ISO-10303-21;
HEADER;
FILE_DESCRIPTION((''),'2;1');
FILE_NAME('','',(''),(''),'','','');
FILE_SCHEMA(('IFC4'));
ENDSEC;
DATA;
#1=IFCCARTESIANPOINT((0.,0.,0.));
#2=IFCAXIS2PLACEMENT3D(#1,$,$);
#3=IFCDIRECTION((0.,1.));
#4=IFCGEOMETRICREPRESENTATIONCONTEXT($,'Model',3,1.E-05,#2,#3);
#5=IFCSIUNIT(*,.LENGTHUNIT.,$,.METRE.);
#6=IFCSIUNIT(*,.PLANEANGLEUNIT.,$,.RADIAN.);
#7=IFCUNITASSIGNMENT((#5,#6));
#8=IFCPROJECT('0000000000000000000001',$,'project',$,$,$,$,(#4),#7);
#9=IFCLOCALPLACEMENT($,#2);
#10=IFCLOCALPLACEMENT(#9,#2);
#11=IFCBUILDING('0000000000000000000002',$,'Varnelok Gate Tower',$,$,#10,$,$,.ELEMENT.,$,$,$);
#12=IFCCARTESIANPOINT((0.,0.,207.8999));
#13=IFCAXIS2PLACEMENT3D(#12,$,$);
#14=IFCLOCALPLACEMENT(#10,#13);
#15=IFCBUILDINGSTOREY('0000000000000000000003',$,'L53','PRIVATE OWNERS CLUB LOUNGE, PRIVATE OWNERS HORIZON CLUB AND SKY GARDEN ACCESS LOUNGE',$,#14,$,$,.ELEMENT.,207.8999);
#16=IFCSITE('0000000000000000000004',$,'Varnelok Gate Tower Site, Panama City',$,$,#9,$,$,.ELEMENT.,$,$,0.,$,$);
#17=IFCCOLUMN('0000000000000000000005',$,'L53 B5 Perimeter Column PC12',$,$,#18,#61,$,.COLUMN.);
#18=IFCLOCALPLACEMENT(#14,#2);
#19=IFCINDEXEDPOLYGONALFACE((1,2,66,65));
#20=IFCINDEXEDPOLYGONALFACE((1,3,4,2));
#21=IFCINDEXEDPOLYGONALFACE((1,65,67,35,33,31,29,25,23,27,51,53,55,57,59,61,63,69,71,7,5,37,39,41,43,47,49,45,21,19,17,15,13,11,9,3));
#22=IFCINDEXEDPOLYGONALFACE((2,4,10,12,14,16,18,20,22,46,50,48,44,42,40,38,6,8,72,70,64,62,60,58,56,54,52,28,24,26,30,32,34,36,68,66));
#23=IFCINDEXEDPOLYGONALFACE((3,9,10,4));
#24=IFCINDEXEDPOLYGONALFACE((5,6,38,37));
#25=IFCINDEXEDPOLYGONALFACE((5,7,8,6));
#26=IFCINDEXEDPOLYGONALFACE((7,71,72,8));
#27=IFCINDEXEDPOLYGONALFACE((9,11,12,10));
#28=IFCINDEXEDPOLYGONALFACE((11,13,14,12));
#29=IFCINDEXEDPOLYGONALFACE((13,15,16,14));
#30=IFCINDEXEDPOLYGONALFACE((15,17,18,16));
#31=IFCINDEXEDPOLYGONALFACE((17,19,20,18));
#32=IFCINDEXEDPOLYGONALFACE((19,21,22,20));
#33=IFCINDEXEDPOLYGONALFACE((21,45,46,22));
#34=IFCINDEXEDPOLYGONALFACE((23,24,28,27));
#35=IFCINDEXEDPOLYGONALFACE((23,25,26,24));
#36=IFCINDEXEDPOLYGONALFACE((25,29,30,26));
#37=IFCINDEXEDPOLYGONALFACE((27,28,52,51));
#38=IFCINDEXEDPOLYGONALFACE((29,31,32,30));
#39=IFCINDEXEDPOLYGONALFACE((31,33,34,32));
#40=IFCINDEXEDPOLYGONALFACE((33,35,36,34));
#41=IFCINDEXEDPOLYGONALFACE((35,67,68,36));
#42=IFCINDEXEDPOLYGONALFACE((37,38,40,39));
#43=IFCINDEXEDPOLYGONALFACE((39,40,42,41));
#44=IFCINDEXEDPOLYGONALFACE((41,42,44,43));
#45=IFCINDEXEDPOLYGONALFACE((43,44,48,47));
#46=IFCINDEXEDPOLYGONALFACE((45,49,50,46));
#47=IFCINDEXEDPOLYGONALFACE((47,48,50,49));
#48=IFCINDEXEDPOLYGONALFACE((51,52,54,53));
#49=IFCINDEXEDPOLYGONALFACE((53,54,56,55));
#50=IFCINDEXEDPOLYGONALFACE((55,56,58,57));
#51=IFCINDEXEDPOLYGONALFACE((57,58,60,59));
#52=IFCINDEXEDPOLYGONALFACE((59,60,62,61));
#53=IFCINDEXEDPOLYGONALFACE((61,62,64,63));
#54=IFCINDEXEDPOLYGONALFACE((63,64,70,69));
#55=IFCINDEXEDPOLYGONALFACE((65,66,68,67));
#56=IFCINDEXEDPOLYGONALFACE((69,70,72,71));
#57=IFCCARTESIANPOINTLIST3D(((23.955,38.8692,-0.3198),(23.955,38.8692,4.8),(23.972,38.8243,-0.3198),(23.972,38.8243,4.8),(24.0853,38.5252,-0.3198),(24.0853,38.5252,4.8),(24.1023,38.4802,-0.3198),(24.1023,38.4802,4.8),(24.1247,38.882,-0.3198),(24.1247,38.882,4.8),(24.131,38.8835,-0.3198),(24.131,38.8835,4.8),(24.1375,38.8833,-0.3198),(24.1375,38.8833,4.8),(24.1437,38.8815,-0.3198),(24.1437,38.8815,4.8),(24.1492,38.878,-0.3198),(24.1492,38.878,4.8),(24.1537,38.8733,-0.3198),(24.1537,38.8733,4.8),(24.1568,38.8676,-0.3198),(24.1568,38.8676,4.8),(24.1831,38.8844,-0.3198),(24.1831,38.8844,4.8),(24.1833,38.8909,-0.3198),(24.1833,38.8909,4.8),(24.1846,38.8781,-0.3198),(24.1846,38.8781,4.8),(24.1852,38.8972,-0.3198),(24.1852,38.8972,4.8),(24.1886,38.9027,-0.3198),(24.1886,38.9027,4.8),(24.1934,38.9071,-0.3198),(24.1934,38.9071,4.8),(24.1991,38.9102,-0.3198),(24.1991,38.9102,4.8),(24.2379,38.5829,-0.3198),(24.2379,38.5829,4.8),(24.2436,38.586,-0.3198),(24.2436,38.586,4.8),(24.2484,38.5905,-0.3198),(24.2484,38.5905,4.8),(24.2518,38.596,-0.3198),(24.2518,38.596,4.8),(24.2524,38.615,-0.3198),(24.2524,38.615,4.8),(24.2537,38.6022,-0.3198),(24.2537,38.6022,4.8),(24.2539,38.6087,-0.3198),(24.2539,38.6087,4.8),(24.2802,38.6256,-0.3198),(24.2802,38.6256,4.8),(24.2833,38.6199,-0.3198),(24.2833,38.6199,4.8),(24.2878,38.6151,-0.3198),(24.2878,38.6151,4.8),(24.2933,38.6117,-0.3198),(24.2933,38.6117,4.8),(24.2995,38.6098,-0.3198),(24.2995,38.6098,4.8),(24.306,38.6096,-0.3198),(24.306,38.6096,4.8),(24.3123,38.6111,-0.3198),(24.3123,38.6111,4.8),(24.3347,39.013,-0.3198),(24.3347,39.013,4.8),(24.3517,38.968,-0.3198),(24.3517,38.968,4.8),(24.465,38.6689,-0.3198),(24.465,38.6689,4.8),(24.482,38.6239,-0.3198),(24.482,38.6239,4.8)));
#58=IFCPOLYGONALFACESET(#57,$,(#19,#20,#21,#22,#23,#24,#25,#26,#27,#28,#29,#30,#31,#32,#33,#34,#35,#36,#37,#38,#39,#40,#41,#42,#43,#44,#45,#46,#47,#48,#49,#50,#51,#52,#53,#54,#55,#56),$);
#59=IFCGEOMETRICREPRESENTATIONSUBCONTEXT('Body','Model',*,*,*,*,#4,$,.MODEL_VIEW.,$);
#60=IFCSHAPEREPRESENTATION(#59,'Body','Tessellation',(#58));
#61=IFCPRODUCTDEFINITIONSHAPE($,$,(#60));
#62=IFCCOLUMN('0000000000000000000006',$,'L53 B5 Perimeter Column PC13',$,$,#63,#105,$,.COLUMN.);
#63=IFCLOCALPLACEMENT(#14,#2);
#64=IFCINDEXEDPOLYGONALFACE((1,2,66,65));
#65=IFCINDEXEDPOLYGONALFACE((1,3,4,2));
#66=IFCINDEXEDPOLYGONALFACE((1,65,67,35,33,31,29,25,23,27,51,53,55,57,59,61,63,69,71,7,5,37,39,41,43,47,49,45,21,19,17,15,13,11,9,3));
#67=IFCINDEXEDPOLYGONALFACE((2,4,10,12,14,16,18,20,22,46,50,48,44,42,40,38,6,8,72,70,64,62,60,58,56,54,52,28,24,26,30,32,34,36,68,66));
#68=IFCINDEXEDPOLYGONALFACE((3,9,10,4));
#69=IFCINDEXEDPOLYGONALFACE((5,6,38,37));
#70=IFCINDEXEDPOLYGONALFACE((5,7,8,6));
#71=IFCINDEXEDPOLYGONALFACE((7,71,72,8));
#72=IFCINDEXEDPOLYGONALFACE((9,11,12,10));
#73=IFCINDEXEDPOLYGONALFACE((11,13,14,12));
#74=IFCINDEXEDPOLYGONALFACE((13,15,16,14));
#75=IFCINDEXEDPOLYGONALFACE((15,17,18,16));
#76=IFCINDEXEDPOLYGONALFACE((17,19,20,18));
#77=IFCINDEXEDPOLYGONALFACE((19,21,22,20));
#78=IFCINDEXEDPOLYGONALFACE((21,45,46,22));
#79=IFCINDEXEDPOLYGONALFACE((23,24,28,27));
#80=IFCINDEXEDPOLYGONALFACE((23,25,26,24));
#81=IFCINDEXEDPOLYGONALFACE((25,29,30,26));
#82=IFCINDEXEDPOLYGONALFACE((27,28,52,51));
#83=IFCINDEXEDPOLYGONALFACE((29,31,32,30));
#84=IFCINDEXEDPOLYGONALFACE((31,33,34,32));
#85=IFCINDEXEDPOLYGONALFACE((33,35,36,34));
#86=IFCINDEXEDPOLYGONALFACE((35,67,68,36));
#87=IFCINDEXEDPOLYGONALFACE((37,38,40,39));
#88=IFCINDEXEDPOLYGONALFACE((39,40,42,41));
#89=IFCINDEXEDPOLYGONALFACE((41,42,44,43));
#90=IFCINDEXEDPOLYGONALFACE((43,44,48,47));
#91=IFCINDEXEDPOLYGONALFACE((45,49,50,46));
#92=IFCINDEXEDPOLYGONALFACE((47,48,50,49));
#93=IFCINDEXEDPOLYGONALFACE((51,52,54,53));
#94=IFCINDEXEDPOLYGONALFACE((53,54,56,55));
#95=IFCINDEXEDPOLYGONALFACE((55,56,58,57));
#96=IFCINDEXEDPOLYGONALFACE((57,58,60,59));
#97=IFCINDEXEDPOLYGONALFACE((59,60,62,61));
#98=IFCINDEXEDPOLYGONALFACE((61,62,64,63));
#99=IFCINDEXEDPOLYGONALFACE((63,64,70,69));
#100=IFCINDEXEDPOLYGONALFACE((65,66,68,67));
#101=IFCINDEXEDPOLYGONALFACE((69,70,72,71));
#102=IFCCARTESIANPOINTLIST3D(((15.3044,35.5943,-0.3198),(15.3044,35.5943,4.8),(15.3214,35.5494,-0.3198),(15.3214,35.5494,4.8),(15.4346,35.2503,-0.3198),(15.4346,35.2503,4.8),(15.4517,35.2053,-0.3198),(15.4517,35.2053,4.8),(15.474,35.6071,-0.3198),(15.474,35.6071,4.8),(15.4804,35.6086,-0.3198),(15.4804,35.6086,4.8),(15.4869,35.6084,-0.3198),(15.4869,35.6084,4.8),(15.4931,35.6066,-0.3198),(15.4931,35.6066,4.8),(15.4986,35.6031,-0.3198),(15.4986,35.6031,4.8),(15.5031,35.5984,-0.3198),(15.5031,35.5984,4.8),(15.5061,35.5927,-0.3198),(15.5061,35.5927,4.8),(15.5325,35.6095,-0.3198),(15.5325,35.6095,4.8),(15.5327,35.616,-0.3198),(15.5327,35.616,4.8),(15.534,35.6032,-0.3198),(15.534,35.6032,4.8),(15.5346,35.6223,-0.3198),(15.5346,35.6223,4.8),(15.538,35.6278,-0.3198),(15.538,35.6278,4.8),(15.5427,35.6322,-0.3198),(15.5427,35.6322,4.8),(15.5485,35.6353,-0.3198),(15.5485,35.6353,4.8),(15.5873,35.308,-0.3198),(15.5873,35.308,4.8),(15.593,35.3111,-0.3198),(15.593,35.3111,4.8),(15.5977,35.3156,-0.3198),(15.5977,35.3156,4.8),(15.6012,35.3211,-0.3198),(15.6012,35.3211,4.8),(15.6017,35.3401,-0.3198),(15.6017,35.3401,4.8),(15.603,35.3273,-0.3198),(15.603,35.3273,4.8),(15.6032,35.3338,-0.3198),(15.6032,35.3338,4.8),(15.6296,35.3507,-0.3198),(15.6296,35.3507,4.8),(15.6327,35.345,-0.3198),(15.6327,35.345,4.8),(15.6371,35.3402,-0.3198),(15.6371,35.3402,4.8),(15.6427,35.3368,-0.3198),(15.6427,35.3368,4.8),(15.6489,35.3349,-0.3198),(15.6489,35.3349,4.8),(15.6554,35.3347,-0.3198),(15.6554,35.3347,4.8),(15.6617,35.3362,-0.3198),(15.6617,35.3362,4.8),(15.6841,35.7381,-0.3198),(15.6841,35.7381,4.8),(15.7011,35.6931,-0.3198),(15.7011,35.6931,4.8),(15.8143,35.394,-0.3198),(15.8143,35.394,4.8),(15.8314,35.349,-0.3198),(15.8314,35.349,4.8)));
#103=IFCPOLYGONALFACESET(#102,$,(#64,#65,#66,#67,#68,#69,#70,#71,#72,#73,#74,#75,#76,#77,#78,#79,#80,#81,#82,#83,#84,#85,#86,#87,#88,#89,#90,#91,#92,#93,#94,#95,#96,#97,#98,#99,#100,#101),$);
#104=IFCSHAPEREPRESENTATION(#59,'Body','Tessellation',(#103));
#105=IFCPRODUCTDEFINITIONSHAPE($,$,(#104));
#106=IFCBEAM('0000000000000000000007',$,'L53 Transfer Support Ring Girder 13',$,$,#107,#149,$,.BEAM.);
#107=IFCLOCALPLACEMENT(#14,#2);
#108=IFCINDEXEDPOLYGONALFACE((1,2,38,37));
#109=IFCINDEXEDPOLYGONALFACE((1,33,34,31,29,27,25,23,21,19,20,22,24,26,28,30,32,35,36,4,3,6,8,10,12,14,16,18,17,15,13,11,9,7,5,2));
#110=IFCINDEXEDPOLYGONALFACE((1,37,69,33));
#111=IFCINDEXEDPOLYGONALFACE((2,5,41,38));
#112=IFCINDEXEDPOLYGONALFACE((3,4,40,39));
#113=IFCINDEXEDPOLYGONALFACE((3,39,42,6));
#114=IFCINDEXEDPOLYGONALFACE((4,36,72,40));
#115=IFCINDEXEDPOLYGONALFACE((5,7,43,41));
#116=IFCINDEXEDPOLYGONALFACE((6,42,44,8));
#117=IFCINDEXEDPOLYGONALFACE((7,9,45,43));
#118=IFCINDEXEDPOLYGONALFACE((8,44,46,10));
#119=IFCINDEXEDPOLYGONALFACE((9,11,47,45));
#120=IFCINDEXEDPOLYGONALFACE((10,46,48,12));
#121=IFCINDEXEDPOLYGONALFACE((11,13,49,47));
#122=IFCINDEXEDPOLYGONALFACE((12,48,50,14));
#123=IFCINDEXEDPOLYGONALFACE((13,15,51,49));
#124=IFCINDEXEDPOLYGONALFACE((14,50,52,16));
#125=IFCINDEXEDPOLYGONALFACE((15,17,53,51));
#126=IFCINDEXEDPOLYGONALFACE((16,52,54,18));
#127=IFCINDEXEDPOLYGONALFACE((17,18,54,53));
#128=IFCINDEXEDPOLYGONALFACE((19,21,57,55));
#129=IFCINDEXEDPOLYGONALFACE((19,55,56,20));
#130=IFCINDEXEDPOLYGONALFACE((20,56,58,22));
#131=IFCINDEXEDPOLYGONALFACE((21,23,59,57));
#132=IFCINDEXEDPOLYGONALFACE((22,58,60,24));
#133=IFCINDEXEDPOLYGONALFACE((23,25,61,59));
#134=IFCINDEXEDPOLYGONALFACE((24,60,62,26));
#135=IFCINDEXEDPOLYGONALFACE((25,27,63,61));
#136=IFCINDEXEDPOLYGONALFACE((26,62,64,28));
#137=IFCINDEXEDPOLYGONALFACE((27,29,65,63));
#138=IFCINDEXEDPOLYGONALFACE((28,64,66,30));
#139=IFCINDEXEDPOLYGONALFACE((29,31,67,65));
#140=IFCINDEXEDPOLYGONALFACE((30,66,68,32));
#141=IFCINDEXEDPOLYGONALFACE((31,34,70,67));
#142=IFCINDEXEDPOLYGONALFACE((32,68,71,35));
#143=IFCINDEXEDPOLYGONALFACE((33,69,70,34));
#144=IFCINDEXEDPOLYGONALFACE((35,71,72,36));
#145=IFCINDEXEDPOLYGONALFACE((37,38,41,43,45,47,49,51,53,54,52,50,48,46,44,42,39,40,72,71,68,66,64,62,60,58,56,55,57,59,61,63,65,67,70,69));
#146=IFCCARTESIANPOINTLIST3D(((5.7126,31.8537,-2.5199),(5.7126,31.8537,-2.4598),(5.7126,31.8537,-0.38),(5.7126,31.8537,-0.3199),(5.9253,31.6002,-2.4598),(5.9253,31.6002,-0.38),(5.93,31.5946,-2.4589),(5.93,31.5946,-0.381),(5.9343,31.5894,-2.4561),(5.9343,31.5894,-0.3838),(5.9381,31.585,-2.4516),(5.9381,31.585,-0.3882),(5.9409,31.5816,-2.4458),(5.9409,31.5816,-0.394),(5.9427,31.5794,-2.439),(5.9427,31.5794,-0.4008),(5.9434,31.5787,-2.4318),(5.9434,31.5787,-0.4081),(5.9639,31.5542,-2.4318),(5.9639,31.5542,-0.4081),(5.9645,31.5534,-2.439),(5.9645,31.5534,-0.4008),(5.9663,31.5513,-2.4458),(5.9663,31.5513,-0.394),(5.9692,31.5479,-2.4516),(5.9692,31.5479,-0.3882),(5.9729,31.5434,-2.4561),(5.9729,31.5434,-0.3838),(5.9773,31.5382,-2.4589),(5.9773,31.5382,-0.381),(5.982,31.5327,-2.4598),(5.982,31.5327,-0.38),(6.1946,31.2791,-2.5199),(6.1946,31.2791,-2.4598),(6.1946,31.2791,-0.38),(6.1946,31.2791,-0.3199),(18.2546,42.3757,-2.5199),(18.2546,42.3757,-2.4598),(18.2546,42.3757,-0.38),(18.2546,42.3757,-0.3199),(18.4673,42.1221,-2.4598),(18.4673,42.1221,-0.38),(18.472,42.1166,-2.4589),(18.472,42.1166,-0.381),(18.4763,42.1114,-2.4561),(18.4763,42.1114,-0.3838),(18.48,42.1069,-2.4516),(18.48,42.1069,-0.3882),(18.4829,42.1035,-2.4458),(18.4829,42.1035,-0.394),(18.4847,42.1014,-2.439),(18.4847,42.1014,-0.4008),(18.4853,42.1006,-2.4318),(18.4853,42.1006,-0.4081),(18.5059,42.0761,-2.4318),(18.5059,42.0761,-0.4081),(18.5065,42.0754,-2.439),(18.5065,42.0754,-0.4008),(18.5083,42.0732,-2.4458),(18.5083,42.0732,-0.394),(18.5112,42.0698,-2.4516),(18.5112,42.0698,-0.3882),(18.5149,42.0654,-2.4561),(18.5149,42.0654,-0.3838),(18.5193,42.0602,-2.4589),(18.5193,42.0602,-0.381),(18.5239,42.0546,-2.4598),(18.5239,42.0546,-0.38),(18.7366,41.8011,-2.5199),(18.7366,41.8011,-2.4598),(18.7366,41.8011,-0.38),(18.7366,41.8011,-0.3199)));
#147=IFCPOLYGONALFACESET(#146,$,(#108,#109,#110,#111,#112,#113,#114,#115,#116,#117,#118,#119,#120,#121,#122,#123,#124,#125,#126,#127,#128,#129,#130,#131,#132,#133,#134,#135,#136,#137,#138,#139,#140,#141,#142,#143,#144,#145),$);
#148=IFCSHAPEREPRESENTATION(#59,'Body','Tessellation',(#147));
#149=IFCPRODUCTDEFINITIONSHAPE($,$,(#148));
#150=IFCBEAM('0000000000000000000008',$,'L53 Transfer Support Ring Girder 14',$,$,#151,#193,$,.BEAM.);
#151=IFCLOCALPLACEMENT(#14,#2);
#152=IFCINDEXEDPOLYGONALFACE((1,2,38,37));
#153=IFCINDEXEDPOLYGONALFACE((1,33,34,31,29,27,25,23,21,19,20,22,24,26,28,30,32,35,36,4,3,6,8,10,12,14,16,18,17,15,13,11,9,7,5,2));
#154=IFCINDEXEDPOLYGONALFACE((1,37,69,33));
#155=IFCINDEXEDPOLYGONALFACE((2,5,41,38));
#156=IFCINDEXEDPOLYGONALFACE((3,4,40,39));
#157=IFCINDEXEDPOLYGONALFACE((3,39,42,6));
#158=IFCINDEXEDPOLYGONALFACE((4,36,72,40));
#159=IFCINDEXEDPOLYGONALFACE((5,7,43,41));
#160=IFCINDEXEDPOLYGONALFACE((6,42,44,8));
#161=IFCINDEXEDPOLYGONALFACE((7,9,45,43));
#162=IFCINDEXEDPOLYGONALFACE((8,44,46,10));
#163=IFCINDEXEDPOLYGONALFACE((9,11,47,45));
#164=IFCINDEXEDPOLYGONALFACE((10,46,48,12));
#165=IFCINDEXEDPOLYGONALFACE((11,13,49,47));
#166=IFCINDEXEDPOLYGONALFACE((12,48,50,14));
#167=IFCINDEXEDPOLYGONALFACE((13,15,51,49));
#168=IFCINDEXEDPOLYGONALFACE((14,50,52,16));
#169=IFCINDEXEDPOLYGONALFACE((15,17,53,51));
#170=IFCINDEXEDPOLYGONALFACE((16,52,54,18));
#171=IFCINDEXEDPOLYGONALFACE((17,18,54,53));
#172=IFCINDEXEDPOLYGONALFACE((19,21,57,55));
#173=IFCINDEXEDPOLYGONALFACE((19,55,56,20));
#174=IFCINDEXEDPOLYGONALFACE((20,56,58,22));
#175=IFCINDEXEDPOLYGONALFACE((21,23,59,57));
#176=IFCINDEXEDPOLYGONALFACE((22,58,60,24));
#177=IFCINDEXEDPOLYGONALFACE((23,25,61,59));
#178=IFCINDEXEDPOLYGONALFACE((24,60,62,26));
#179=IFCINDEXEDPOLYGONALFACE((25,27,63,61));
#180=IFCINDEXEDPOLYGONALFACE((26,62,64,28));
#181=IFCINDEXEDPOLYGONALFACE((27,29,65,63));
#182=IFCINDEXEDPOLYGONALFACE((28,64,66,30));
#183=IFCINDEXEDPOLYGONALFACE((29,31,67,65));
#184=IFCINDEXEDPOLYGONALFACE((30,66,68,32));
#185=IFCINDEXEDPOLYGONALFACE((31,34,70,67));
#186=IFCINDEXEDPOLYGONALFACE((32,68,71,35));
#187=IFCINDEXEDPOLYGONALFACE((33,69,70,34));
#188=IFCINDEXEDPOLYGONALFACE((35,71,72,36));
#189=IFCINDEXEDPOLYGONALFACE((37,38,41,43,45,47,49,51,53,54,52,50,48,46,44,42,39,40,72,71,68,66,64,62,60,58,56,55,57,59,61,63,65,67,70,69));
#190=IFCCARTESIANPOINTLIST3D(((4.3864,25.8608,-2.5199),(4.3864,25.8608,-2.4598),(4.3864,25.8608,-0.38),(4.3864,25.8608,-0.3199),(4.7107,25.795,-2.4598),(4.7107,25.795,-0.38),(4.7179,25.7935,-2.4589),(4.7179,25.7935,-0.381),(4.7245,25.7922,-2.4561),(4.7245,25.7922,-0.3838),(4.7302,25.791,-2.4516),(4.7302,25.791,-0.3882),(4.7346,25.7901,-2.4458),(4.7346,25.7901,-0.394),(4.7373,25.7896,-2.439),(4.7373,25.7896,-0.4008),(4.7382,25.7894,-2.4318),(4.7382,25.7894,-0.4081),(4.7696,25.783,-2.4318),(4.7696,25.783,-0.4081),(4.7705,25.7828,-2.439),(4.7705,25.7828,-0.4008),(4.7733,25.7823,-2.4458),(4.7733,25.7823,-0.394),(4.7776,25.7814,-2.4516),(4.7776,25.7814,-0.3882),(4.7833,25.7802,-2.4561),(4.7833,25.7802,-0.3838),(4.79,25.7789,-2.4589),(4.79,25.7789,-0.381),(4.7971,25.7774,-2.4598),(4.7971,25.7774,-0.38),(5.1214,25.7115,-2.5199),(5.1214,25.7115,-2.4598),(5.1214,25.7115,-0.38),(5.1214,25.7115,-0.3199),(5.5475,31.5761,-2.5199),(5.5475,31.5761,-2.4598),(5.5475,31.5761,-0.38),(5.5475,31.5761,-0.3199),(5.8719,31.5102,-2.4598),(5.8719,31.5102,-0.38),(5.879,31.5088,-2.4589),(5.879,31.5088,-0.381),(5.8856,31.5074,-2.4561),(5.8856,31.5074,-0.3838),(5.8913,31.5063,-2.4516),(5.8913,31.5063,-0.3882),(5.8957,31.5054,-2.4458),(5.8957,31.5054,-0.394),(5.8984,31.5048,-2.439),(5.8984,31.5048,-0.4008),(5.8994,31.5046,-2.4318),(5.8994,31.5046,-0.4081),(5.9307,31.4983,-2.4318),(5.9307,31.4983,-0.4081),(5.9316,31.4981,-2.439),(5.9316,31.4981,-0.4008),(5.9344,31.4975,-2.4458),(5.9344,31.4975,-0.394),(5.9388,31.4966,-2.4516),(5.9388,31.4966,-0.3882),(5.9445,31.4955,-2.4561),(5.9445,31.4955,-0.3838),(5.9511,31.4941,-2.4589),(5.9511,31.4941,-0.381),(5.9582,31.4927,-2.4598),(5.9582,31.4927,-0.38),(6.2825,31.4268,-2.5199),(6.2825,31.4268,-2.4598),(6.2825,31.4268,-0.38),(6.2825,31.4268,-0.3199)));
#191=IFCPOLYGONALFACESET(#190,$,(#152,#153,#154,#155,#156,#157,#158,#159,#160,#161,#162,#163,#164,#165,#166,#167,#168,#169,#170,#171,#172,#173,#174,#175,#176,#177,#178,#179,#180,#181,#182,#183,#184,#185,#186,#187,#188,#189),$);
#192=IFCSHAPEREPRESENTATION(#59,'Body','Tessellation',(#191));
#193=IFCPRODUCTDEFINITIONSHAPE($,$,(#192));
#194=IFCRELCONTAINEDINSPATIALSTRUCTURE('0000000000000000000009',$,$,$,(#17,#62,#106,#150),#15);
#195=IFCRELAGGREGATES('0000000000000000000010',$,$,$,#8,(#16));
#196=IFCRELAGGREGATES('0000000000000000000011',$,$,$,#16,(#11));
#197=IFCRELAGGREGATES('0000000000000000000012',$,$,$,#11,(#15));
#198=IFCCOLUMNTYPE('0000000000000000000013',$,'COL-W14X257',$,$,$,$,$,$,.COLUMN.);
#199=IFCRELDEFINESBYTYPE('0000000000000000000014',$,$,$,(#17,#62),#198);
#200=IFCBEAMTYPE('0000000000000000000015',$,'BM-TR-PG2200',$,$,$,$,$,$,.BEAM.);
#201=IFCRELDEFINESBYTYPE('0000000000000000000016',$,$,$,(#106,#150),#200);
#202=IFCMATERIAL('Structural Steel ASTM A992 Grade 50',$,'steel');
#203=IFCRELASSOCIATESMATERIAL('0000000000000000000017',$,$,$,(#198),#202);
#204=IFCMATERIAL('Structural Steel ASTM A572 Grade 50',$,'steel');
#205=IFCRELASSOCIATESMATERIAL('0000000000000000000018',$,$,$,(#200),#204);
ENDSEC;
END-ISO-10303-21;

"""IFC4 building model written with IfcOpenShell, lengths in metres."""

from ifc_helpers import new_model, si_unit, direction, frame, origin, origin_2d, place, context, subcontext, project, spatial, i_section, extrude, material, material_profile, profile_set, type_object, element, save


model = new_model("IFC4")

# Units and contexts
model_context = context("Model", 3, precision=1e-05, world=origin(), true_north=direction((0.0, 1.0)))
body_context = subcontext(model_context, "Body", "Model", "MODEL_VIEW")
ifc_project = project(units=[si_unit("LENGTHUNIT", "METRE"), si_unit("PLANEANGLEUNIT", "RADIAN")], contexts=[model_context])

# Site, building, storey
site_placement = place(None, origin())
site = spatial("IfcSite", under=ifc_project, at=site_placement, Name="Varnelok Gate Tower Site, Panama City", CompositionType="ELEMENT", RefElevation=0.0)
building_placement = place(site_placement, origin())
building = spatial("IfcBuilding", under=site, at=building_placement, Name="Varnelok Gate Tower", CompositionType="ELEMENT")
storey_placement = place(building_placement, frame((0.0, 0.0, 207.8999)))
storey = spatial("IfcBuildingStorey", under=building, at=storey_placement, Name="L53", Description="PRIVATE OWNERS CLUB LOUNGE, PRIVATE OWNERS HORIZON CLUB AND SKY GARDEN ACCESS LOUNGE", CompositionType="ELEMENT", Elevation=207.8999)

# Columns
ifc_material_1 = material(Name="Structural Steel ASTM A992 Grade 50", Category="steel")
ifc_material_profile_1 = material_profile(ifc_material_1, i_section(OverallWidth=0.406, OverallDepth=0.416, WebThickness=0.0298, FlangeThickness=0.0481, FilletRadius=0.0249, at=origin_2d()), Name="W14X257")
ifc_profile_set_1 = profile_set([ifc_material_profile_1], Name="Structural Steel ASTM A992 Grade 50")
column_type = type_object("IfcColumnType", Name="COL-W14X257", PredefinedType="COLUMN", material=ifc_profile_set_1)
for number, where, z_axis, x_axis, name in (
    (1, (24.2185, 38.7466, -0.3198), (0.0, 0.0, 1.0), (0.935222, 0.354063, 0.0), "L53 B5 Perimeter Column PC12"),
    (2, (15.5679, 35.4717, -0.3198), (0.0, 0.0, 1.0), (0.935222, 0.354063, 0.0), "L53 B5 Perimeter Column PC13"),
):
    element("IfcColumn", number, at=place(storey_placement, frame(where, z_axis=z_axis, x_axis=x_axis)), inside=storey, type_object=column_type, Name=name, PredefinedType="COLUMN", context=body_context, shape_type="SweptSolid", body=[
        extrude(i_section(OverallWidth=0.406, OverallDepth=0.416, WebThickness=0.0298, FlangeThickness=0.0481, FilletRadius=0.0249, at=origin_2d()), origin(), (0.0, 0.0, 1.0), 5.1199),
    ])

# Beams
ifc_material_2 = material(Name="Structural Steel ASTM A572 Grade 50", Category="steel")
ifc_material_profile_2 = material_profile(ifc_material_2, i_section(OverallWidth=0.75, OverallDepth=2.2, WebThickness=0.032, FlangeThickness=0.0601, FilletRadius=0.0281, at=origin_2d()), Name="PG2200X750")
ifc_profile_set_2 = profile_set([ifc_material_profile_2], Name="Structural Steel ASTM A572 Grade 50")
beam_type = type_object("IfcBeamType", Name="BM-TR-PG2200", PredefinedType="BEAM", material=ifc_profile_set_2)
beam_1_placement = place(storey_placement, frame((18.4956, 42.0884, -1.4199), z_axis=(-0.766105, -0.642716, 0.0), x_axis=(0.642716, -0.766105, 0.0)))
element("IfcBeam", 3, at=beam_1_placement, inside=storey, type_object=beam_type, Name="L53 Transfer Support Ring Girder 13", PredefinedType="BEAM", context=body_context, shape_type="SweptSolid", body=[
    extrude(i_section(OverallWidth=0.75, OverallDepth=2.2, WebThickness=0.032, FlangeThickness=0.0601, FilletRadius=0.0281, at=origin_2d()), origin(), (0.0, 0.0, 1.0), 16.3711),
])
beam_2_placement = place(storey_placement, frame((5.915, 31.5015, -1.4199), z_axis=(-0.199094, -0.97998, 0.0), x_axis=(0.97998, -0.199094, 0.0)))
element("IfcBeam", 4, at=beam_2_placement, inside=storey, type_object=beam_type, Name="L53 Transfer Support Ring Girder 14", PredefinedType="BEAM", context=body_context, shape_type="SweptSolid", body=[
    extrude(i_section(OverallWidth=0.75, OverallDepth=2.2, WebThickness=0.032, FlangeThickness=0.0601, FilletRadius=0.0281, at=origin_2d()), origin(), (0.0, 0.0, 1.0), 5.832),
])

save(model, "model.ifc")
